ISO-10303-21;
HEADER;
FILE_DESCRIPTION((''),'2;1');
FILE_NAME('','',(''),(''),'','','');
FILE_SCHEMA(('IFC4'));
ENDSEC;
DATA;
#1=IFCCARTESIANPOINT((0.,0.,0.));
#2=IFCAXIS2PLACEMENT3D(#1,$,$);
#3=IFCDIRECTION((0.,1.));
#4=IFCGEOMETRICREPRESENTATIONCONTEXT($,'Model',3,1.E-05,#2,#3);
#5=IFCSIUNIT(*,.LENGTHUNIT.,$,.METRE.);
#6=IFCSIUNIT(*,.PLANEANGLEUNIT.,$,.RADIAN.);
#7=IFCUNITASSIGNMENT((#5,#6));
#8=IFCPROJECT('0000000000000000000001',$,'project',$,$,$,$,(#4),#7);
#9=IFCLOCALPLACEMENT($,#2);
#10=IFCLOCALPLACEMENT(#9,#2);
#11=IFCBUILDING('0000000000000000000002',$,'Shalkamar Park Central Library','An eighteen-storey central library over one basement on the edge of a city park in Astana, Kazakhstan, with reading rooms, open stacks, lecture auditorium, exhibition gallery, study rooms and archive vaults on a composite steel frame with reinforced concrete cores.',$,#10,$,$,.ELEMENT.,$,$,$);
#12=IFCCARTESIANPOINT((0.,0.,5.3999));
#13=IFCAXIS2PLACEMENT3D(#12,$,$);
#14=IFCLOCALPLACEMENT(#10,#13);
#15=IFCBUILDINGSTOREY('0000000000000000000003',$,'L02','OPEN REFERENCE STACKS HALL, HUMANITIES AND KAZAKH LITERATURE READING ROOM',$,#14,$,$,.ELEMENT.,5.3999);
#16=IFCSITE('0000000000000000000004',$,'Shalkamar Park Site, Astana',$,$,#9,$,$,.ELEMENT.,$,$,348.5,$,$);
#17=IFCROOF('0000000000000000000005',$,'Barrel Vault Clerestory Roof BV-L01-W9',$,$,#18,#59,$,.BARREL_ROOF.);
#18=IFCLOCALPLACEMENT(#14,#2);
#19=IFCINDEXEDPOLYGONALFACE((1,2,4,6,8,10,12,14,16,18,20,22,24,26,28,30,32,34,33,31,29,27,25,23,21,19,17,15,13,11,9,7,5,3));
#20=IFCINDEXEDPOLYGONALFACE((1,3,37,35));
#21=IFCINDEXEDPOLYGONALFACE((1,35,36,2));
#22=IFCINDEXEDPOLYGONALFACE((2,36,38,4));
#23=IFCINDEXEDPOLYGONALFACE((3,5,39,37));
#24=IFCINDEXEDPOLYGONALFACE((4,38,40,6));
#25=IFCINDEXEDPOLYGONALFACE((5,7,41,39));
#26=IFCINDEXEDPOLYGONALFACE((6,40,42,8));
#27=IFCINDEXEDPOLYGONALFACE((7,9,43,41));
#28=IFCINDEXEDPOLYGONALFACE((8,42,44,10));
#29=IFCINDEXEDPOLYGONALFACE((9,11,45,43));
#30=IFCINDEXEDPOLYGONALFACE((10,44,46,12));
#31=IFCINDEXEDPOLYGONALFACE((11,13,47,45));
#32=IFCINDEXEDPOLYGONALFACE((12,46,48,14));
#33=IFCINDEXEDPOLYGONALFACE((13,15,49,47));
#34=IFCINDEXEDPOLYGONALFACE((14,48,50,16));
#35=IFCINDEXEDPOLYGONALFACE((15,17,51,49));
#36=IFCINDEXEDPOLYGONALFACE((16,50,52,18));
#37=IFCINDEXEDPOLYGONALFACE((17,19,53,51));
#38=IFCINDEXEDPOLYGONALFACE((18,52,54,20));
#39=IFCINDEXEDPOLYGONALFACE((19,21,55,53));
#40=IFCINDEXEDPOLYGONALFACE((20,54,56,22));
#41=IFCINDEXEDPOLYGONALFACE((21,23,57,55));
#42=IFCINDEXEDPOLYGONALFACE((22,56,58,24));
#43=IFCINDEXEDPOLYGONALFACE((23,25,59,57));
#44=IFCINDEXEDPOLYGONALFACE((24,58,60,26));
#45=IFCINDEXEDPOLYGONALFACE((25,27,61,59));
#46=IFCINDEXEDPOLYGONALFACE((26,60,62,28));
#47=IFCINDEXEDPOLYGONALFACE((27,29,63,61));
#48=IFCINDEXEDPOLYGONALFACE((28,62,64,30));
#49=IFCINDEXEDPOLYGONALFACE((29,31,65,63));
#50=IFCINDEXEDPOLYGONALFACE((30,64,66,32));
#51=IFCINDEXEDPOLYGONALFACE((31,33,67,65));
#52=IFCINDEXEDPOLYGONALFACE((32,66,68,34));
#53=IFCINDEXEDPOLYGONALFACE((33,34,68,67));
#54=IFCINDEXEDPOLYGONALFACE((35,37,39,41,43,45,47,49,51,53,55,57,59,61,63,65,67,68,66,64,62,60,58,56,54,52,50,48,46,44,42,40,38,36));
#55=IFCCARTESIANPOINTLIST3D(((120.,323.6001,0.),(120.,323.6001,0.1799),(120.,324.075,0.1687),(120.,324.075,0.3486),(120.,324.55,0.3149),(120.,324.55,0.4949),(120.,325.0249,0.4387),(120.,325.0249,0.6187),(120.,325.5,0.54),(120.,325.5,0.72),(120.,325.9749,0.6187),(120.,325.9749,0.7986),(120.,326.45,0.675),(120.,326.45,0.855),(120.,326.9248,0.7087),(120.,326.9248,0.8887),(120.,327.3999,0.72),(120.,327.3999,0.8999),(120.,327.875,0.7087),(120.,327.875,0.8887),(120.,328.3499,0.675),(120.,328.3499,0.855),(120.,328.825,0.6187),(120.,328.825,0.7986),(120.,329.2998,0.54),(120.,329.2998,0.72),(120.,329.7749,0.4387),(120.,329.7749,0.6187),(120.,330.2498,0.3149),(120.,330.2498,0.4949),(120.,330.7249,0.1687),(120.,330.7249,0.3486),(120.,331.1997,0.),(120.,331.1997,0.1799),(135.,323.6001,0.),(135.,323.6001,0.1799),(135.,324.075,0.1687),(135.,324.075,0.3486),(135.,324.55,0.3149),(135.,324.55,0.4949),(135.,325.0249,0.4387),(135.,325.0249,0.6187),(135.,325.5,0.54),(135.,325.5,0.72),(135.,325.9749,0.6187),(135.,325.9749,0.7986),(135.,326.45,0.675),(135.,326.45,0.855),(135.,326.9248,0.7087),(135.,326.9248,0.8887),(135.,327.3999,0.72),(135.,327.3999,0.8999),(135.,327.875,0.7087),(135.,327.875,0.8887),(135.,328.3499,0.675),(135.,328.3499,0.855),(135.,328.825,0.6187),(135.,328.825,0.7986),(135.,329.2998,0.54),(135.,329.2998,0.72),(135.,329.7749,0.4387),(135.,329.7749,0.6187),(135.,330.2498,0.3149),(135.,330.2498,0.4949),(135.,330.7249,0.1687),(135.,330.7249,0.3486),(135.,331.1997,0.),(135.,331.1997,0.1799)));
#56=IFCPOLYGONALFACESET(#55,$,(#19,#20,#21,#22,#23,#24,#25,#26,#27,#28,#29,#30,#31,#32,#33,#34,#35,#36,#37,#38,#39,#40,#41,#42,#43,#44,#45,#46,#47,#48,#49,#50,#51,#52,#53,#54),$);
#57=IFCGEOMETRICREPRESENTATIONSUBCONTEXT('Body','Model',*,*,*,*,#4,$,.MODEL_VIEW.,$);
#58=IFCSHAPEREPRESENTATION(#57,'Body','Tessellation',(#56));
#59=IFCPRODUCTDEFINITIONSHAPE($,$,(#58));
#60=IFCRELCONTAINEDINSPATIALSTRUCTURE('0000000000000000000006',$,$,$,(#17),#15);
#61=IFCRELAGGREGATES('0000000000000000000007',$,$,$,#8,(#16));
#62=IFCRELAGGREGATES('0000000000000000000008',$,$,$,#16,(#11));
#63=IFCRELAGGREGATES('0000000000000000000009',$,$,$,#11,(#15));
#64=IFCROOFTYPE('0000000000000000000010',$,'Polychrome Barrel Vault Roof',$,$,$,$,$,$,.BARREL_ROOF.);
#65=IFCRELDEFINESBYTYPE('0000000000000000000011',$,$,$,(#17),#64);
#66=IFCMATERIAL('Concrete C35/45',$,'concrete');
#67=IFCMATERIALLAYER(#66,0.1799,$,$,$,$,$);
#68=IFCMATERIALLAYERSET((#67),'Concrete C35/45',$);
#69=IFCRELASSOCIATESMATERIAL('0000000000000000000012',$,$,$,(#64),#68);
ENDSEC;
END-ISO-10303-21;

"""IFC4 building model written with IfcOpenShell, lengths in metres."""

from ifc_helpers import new_model, si_unit, direction, frame, origin, place, context, subcontext, project, spatial, polyline, outline, extrude, material, layer, layer_set, type_object, element, save


model = new_model("IFC4")

# Units and contexts
model_context = context("Model", 3, precision=1e-05, world=origin(), true_north=direction((0.0, 1.0)))
body_context = subcontext(model_context, "Body", "Model", "MODEL_VIEW")
ifc_project = project(units=[si_unit("LENGTHUNIT", "METRE"), si_unit("PLANEANGLEUNIT", "RADIAN")], contexts=[model_context])

# Site, building, storey
site_placement = place(None, origin())
site = spatial("IfcSite", under=ifc_project, at=site_placement, Name="Shalkamar Park Site, Astana", CompositionType="ELEMENT", RefElevation=348.5)
building_placement = place(site_placement, origin())
building = spatial("IfcBuilding", under=site, at=building_placement, Name="Shalkamar Park Central Library", Description="An eighteen-storey central library over one basement on the edge of a city park in Astana, Kazakhstan, with reading rooms, open stacks, lecture auditorium, exhibition gallery, study rooms and archive vaults on a composite steel frame with reinforced concrete cores.", CompositionType="ELEMENT")
storey_placement = place(building_placement, frame((0.0, 0.0, 5.3999)))
storey = spatial("IfcBuildingStorey", under=building, at=storey_placement, Name="L02", Description="OPEN REFERENCE STACKS HALL, HUMANITIES AND KAZAKH LITERATURE READING ROOM", CompositionType="ELEMENT", Elevation=5.3999)

# Roof
ifc_material_1 = material(Name="Concrete C35/45", Category="concrete")
ifc_layer_1 = layer(ifc_material_1, 0.1799)
ifc_layer_set_1 = layer_set([ifc_layer_1], Name="Concrete C35/45")
roof_type = type_object("IfcRoofType", Name="Polychrome Barrel Vault Roof", PredefinedType="BARREL_ROOF", material=ifc_layer_set_1)
roof_1_placement = place(storey_placement, frame((120.0, 327.3999, 0.0), z_axis=(0.0, 0.0, 1.0), x_axis=(1.0, 0.0, 0.0)))
element("IfcRoof", 1, at=roof_1_placement, inside=storey, type_object=roof_type, Name="Barrel Vault Clerestory Roof BV-L01-W9", PredefinedType="BARREL_ROOF", context=body_context, shape_type="SweptSolid", body=[
    extrude(outline(polyline([(-3.7998, 0.1799), (-3.325, 0.3486), (-2.8499, 0.4949), (-2.375, 0.6187), (-1.8999, 0.72), (-1.425, 0.7986), (-0.95, 0.855), (-0.4751, 0.8887), (0.0, 0.8999), (0.4751, 0.8887), (0.95, 0.855), (1.425, 0.7986), (1.8999, 0.72), (2.375, 0.6187), (2.8499, 0.4949), (3.325, 0.3486), (3.7998, 0.1799), (3.7998, 0.0), (3.325, 0.1687), (2.8499, 0.3149), (2.375, 0.4387), (1.8999, 0.54), (1.425, 0.6187), (0.95, 0.675), (0.4751, 0.7087), (0.0, 0.72), (-0.4751, 0.7087), (-0.95, 0.675), (-1.425, 0.6187), (-1.8999, 0.54), (-2.375, 0.4387), (-2.8499, 0.3149), (-3.325, 0.1687), (-3.7998, 0.0), (-3.7998, 0.1799)])), frame((0.0, 0.0, 0.0), z_axis=(1.0, 0.0, 0.0), x_axis=(0.0, 1.0, 0.0)), (0.0, 0.0, 1.0), 15.0),
])

save(model, "model.ifc")
